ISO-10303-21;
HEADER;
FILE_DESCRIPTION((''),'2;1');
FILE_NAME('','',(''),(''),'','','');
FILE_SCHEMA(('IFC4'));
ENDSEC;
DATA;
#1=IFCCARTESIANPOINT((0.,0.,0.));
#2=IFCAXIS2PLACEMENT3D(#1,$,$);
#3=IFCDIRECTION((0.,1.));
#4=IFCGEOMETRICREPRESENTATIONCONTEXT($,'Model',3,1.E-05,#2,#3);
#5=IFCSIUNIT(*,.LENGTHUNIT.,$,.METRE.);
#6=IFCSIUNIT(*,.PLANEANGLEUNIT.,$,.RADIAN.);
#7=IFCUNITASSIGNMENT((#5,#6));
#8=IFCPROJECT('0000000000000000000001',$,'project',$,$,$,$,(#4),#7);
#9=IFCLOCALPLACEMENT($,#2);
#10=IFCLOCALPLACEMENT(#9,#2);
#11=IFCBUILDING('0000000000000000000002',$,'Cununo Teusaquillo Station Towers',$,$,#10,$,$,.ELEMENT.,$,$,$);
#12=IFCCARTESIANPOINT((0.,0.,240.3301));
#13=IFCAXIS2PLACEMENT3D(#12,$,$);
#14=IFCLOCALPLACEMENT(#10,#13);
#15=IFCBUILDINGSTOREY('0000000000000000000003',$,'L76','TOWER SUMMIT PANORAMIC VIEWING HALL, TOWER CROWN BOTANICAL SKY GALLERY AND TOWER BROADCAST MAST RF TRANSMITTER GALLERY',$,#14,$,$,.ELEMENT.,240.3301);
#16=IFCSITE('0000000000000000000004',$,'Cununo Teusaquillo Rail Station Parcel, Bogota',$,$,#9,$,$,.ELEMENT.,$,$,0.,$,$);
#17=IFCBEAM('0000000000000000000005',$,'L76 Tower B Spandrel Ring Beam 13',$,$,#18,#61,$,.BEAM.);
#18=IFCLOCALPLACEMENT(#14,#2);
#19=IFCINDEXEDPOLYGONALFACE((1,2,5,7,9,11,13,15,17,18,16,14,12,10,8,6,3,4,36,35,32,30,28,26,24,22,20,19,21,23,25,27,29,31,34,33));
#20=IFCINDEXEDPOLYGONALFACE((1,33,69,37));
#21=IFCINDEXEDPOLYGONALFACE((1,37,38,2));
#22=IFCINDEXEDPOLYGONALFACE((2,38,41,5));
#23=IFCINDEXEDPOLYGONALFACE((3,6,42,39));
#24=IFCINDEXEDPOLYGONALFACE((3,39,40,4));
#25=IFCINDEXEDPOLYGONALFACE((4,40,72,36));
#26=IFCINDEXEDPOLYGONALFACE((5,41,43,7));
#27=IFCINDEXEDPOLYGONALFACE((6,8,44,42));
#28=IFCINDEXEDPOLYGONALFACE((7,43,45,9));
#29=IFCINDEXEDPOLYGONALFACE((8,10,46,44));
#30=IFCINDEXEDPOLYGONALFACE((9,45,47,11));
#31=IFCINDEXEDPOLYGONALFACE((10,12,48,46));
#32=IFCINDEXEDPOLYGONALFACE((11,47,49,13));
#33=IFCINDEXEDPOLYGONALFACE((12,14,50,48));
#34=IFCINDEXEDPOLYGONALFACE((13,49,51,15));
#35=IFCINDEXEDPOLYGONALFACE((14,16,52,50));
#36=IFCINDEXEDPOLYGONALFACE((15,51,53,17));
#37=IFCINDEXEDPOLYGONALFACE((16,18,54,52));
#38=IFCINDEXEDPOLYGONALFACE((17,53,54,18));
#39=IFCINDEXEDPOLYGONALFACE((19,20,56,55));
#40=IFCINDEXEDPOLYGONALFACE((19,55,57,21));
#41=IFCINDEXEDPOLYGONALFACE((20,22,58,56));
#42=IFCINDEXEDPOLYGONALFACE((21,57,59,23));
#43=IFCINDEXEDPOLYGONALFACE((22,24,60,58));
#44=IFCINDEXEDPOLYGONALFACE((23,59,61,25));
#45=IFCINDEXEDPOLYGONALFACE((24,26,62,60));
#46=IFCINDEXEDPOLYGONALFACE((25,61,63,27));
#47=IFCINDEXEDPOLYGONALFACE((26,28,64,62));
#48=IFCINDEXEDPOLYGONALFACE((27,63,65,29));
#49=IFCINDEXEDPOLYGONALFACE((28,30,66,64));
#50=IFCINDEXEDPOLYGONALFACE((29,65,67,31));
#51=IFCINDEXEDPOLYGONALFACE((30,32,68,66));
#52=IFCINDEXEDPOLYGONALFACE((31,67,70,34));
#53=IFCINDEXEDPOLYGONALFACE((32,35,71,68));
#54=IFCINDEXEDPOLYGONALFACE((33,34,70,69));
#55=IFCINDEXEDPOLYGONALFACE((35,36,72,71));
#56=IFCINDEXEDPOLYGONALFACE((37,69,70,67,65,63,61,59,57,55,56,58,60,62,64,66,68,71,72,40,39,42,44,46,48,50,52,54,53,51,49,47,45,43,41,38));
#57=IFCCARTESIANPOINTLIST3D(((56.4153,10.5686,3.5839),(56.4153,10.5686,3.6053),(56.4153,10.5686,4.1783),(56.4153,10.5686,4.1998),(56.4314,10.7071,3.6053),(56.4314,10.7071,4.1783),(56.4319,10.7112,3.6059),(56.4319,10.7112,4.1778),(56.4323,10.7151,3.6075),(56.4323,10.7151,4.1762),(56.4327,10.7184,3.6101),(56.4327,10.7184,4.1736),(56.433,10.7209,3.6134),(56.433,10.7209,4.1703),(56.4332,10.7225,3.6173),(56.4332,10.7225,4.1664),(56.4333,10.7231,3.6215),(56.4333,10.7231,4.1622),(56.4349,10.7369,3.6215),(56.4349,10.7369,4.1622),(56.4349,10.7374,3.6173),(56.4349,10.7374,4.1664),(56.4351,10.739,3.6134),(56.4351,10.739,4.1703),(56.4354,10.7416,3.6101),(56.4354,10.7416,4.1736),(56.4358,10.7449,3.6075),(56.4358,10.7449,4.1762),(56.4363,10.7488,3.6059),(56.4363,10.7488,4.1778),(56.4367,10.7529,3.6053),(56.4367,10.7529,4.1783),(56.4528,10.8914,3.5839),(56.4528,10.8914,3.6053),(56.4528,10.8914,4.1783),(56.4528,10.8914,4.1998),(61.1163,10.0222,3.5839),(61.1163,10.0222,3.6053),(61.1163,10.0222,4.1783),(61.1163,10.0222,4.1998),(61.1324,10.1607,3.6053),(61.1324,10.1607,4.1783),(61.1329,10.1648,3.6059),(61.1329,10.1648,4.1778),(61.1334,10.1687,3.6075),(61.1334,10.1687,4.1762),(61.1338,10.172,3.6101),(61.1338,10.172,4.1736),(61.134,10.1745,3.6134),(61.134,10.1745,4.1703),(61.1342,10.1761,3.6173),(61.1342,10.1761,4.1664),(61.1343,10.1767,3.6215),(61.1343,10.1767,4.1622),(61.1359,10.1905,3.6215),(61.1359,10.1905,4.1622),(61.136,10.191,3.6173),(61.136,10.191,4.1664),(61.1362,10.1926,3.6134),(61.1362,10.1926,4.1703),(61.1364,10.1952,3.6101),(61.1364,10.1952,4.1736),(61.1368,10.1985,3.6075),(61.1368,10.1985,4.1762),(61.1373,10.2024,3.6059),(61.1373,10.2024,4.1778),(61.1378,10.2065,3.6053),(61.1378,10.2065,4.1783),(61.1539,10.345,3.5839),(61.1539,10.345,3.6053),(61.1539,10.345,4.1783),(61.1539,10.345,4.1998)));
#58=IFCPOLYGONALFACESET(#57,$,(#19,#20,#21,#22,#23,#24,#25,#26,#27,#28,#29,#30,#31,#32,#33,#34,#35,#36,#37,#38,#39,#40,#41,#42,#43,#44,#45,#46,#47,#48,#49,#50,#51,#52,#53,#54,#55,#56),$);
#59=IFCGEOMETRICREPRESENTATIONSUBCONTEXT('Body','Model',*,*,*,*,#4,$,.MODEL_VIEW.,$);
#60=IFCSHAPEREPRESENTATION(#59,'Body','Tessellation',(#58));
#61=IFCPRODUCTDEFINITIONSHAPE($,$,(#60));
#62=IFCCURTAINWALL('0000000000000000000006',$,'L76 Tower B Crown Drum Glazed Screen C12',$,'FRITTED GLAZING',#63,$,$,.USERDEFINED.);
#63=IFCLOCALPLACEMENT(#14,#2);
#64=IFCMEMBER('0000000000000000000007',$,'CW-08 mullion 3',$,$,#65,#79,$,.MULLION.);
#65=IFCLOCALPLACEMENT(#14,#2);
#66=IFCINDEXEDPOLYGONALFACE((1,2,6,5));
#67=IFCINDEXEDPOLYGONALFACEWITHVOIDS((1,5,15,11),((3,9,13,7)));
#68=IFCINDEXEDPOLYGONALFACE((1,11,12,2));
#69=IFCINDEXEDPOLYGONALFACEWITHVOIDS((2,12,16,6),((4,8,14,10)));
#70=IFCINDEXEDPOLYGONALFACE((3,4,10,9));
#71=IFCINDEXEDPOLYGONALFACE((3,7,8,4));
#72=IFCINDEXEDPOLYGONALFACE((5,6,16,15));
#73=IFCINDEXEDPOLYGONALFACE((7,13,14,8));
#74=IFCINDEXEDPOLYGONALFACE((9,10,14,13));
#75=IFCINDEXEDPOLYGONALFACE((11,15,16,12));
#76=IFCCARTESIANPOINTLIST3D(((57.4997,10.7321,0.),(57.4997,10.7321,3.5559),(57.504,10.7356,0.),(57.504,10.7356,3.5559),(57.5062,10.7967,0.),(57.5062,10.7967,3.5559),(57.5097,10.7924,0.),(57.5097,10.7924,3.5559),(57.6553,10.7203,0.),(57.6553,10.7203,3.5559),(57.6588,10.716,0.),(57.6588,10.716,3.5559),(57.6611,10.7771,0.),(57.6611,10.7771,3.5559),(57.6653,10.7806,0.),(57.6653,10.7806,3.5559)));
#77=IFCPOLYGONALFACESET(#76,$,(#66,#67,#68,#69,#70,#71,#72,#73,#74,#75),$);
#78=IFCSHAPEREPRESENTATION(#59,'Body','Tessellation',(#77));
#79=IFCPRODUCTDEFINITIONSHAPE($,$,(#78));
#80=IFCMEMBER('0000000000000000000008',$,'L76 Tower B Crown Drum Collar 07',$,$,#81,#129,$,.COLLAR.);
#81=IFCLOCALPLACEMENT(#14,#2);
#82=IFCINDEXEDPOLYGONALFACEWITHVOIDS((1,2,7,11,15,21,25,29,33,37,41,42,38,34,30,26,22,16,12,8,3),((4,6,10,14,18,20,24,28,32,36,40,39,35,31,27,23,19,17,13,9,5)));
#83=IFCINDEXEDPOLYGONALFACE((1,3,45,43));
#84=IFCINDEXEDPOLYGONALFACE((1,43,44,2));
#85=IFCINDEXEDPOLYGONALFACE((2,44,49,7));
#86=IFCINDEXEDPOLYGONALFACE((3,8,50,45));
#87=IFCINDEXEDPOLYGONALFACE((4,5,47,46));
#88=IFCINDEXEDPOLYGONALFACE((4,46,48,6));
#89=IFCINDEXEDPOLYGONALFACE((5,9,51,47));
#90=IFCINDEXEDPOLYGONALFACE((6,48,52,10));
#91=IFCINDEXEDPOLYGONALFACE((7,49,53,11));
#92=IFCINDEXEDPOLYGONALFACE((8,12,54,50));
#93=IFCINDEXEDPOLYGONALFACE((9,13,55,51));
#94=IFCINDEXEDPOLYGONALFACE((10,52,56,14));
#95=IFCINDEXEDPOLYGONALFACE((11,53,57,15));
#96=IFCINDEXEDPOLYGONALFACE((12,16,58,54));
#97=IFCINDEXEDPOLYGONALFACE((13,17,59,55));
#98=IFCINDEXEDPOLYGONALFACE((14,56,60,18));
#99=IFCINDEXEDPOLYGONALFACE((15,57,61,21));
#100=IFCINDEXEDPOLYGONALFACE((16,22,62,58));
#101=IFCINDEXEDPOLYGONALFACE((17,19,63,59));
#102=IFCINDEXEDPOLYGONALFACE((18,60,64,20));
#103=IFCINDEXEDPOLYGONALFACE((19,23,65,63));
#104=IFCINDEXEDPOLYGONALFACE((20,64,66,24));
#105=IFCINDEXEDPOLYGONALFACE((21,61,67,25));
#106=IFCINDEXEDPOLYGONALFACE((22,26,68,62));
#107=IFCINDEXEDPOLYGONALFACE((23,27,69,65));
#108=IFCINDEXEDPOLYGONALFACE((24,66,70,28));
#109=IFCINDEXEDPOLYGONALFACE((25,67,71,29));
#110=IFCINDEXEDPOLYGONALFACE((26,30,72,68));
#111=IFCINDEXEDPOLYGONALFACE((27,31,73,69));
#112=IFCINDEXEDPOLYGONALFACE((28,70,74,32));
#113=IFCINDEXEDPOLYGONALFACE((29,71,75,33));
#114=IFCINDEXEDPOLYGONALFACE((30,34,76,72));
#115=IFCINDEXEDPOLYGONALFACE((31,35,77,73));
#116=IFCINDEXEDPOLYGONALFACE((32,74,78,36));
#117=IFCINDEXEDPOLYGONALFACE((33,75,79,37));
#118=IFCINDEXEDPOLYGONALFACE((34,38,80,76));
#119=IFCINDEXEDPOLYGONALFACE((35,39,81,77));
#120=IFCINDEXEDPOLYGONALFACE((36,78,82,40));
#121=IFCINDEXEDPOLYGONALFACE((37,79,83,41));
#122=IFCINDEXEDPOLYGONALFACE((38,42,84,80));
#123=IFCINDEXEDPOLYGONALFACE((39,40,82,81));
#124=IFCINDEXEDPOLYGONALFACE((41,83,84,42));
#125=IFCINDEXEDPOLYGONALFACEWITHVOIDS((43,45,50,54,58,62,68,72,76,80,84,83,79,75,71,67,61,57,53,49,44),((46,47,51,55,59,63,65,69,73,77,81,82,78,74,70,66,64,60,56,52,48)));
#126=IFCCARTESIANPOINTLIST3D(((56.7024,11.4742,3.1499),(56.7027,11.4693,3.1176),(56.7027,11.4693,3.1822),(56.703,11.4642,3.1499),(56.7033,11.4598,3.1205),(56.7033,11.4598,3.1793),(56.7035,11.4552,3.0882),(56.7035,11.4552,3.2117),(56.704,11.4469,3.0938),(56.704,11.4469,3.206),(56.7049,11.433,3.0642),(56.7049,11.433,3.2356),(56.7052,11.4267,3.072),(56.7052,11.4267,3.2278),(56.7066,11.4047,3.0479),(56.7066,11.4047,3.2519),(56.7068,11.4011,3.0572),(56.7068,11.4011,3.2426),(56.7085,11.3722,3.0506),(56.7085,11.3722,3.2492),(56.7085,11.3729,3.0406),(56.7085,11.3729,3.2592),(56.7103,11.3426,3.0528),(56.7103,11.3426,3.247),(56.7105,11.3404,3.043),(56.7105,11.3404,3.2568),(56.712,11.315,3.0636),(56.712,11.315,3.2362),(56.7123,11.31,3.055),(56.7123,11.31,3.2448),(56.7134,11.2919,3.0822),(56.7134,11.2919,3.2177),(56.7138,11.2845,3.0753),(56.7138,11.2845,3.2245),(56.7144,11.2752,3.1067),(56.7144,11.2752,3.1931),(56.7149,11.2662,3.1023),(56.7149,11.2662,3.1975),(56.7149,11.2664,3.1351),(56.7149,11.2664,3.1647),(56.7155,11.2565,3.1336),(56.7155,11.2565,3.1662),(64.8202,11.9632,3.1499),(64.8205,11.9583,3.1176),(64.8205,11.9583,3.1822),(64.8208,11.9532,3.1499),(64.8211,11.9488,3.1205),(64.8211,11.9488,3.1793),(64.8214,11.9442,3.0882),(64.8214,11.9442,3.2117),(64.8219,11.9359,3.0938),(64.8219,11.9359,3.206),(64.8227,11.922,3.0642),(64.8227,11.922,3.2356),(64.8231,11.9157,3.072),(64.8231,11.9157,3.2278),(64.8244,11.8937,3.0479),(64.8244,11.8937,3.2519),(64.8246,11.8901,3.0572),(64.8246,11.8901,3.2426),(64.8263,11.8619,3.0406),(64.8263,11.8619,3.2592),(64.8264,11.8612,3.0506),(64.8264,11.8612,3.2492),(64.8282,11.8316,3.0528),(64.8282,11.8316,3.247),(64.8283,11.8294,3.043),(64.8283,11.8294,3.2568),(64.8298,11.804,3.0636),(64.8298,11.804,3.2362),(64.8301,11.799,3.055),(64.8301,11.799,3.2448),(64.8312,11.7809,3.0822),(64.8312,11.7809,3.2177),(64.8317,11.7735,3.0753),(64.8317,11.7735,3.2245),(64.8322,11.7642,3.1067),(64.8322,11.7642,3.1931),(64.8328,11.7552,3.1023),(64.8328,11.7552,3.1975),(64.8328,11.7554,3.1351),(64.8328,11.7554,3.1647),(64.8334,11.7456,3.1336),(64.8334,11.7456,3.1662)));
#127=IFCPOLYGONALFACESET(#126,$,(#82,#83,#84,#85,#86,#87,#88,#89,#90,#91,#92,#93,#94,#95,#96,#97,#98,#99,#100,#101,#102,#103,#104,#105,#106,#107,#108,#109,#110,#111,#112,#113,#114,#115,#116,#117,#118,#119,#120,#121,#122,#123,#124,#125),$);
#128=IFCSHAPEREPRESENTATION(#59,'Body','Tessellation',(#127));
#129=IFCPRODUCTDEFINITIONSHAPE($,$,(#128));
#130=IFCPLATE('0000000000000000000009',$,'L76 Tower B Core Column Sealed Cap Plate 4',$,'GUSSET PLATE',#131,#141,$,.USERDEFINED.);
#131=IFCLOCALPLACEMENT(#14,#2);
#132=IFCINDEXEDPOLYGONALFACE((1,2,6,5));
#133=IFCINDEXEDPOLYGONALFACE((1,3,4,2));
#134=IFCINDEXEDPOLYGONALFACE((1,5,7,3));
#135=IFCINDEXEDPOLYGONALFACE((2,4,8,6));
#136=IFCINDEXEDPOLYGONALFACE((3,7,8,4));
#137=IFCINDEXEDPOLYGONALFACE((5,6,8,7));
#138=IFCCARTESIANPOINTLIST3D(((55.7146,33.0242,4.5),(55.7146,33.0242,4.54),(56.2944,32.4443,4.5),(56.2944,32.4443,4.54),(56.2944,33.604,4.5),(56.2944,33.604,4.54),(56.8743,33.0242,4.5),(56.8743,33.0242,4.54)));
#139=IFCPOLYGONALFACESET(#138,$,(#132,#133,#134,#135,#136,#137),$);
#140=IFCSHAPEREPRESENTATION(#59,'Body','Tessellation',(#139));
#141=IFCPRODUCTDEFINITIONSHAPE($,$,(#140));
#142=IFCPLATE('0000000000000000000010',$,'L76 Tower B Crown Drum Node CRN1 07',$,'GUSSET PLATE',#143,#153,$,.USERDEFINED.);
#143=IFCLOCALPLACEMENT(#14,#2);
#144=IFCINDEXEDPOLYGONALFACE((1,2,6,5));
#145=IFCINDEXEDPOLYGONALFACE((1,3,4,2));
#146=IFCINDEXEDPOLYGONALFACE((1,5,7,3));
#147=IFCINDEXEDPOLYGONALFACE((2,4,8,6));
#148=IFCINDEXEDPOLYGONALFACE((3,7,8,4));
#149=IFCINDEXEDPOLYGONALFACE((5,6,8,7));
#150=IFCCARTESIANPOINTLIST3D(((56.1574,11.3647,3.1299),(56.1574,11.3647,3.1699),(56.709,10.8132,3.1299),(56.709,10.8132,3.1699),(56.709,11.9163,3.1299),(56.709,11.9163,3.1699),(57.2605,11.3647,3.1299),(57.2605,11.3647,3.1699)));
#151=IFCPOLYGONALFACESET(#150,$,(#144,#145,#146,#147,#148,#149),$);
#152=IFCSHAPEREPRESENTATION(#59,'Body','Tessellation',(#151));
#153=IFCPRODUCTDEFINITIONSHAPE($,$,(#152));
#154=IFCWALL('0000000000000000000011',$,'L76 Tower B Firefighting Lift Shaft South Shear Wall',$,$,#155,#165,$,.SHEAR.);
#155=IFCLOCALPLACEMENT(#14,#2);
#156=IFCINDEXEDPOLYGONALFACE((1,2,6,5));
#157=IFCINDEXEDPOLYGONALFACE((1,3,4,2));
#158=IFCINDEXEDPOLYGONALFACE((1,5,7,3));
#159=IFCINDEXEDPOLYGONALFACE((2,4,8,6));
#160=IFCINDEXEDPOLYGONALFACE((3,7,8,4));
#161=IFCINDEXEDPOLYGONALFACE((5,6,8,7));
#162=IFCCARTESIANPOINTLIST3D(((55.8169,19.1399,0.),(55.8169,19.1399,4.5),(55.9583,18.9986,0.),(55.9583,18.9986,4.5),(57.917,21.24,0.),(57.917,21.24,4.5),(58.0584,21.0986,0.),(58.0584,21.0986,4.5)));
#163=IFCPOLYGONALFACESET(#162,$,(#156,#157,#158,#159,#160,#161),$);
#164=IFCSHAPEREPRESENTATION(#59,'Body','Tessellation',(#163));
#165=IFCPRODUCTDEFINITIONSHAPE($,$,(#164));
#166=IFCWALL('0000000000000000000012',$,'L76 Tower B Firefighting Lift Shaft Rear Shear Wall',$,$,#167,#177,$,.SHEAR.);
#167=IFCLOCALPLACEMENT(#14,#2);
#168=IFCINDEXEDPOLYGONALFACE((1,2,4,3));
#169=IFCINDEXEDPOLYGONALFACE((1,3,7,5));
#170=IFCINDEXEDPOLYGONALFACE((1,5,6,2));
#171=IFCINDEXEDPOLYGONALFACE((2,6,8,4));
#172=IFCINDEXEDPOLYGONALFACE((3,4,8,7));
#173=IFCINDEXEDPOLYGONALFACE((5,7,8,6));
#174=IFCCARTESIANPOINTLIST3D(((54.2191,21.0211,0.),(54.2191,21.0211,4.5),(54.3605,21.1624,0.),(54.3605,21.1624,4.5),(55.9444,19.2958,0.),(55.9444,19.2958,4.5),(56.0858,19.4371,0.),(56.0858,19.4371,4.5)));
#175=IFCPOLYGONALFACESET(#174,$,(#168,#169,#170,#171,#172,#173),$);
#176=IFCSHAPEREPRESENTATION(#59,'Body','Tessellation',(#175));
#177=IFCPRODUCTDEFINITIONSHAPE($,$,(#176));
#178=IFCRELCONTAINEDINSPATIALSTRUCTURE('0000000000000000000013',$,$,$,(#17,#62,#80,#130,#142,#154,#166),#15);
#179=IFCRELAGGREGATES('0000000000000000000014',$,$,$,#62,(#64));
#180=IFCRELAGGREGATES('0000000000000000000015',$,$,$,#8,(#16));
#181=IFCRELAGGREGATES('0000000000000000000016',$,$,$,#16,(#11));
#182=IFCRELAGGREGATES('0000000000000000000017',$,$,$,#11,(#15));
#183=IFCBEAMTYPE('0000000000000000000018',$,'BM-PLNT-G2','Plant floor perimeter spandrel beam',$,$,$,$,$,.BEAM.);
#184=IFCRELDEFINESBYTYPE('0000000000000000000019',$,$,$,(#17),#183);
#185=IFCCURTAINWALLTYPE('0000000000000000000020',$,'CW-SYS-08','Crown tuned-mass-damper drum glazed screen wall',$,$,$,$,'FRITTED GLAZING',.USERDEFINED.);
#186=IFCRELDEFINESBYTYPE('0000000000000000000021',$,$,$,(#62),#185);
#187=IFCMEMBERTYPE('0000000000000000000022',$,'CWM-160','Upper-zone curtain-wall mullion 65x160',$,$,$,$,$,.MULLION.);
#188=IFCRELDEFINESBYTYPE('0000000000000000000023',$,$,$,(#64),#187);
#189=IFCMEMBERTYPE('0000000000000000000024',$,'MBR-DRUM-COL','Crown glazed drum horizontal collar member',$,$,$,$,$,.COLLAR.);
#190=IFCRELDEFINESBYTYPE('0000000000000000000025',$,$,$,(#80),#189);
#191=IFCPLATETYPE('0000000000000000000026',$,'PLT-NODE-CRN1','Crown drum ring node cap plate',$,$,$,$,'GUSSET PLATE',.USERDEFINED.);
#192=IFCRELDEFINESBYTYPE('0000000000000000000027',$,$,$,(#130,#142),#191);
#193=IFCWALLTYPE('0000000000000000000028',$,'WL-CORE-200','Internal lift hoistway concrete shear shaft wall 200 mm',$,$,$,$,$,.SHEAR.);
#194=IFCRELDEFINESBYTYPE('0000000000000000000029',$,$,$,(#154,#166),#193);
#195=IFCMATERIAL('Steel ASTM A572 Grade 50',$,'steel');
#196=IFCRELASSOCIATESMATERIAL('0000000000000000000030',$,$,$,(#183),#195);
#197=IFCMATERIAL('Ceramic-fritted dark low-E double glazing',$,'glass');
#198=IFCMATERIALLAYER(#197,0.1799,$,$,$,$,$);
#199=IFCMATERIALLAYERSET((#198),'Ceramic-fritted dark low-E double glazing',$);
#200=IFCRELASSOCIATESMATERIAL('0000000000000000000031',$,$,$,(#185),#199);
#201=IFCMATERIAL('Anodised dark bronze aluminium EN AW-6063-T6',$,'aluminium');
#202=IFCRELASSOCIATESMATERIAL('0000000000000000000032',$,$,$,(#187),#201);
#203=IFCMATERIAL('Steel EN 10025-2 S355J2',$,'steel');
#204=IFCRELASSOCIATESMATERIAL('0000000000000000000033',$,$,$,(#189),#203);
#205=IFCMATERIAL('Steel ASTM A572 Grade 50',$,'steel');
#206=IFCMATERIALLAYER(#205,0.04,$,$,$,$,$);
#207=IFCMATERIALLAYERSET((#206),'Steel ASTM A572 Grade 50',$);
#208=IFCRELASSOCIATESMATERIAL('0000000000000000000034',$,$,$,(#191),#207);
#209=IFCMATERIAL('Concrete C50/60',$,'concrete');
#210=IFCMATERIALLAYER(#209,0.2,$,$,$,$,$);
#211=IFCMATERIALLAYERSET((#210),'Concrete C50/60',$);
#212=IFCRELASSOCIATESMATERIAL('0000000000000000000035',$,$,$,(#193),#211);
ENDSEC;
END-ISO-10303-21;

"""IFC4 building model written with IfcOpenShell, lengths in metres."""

from ifc_helpers import new_model, si_unit, direction, frame, frame_2d, origin, origin_2d, place, context, subcontext, project, spatial, rectangle, hollow_rectangle, hollow_circle, i_section, extrude, source, transform, mapped, material, layer, layer_set, material_profile, profile_set, type_object, element, aggregate, save


model = new_model("IFC4")

# Units and contexts
model_context = context("Model", 3, precision=1e-05, world=origin(), true_north=direction((0.0, 1.0)))
body_context = subcontext(model_context, "Body", "Model", "MODEL_VIEW")
ifc_project = project(units=[si_unit("LENGTHUNIT", "METRE"), si_unit("PLANEANGLEUNIT", "RADIAN")], contexts=[model_context])

# Site, building, storey
site_placement = place(None, origin())
site = spatial("IfcSite", under=ifc_project, at=site_placement, Name="Cununo Teusaquillo Rail Station Parcel, Bogota", CompositionType="ELEMENT", RefElevation=0.0)
building_placement = place(site_placement, origin())
building = spatial("IfcBuilding", under=site, at=building_placement, Name="Cununo Teusaquillo Station Towers", CompositionType="ELEMENT")
storey_placement = place(building_placement, frame((0.0, 0.0, 240.3301)))
storey = spatial("IfcBuildingStorey", under=building, at=storey_placement, Name="L76", Description="TOWER SUMMIT PANORAMIC VIEWING HALL, TOWER CROWN BOTANICAL SKY GALLERY AND TOWER BROADCAST MAST RF TRANSMITTER GALLERY", CompositionType="ELEMENT", Elevation=240.3301)

# Beam
ifc_material_1 = material(Name="Steel ASTM A572 Grade 50", Category="steel")
ifc_material_profile_1 = material_profile(ifc_material_1, i_section(OverallWidth=0.325, OverallDepth=0.616, WebThickness=0.0139, FlangeThickness=0.0215, FilletRadius=0.0161, at=origin_2d()), Name="W24X117")
ifc_profile_set_1 = profile_set([ifc_material_profile_1], Name="Steel ASTM A572 Grade 50")
beam_type_1 = type_object("IfcBeamType", Name="BM-PLNT-G2", Description="Plant floor perimeter spandrel beam", PredefinedType="BEAM", material=ifc_profile_set_1)
beam_1_placement = place(storey_placement, frame((56.4341, 10.73, 3.8918), z_axis=(0.993313, -0.115452, 0.0), x_axis=(0.115452, 0.993313, 0.0)))
element("IfcBeam", 1, at=beam_1_placement, inside=storey, type_object=beam_type_1, Name="L76 Tower B Spandrel Ring Beam 13", PredefinedType="BEAM", context=body_context, shape_type="SweptSolid", body=[
    extrude(i_section(OverallWidth=0.325, OverallDepth=0.616, WebThickness=0.0139, FlangeThickness=0.0215, FilletRadius=0.0161, at=origin_2d()), origin(), (0.0, 0.0, 1.0), 4.7327),
])

# Curtain wall, member
ifc_material_2 = material(Name="Ceramic-fritted dark low-E double glazing", Category="glass")
ifc_layer_1 = layer(ifc_material_2, 0.1799)
ifc_layer_set_1 = layer_set([ifc_layer_1], Name="Ceramic-fritted dark low-E double glazing")
curtain_wall_type = type_object("IfcCurtainWallType", Name="CW-SYS-08", Description="Crown tuned-mass-damper drum glazed screen wall", ElementType="FRITTED GLAZING", PredefinedType="USERDEFINED", material=ifc_layer_set_1)
curtain_wall_placement = place(storey_placement, origin())
curtain_wall = element("IfcCurtainWall", 2, at=curtain_wall_placement, inside=storey, type_object=curtain_wall_type, Name="L76 Tower B Crown Drum Glazed Screen C12", ObjectType="FRITTED GLAZING", PredefinedType="USERDEFINED")
ifc_material_3 = material(Name="Anodised dark bronze aluminium EN AW-6063-T6", Category="aluminium")
ifc_material_profile_2 = material_profile(ifc_material_3, hollow_rectangle(XDim=0.0649, YDim=0.1599, WallThickness=0.0039, at=origin_2d()), Name="CW-MULL-65x160")
ifc_profile_set_2 = profile_set([ifc_material_profile_2], Name="Anodised dark bronze aluminium EN AW-6063-T6")
member_type_1 = type_object("IfcMemberType", Name="CWM-160", Description="Upper-zone curtain-wall mullion 65x160", PredefinedType="MULLION", material=ifc_profile_set_2)
member_1_placement = place(storey_placement, frame((57.5825, 10.7563, 0.0), z_axis=(0.0, 0.0, 1.0), x_axis=(-0.100528, -0.994934, 0.0)))
member_1 = element("IfcMember", 3, at=member_1_placement, type_object=member_type_1, Name="CW-08 mullion 3", PredefinedType="MULLION", context=body_context, shape_type="SweptSolid", body=[
    extrude(hollow_rectangle(XDim=0.0649, YDim=0.1599, WallThickness=0.0039, at=origin_2d()), origin(), (0.0, 0.0, 1.0), 3.5559),
])
aggregate(curtain_wall, [member_1])

# Member
ifc_material_4 = material(Name="Steel EN 10025-2 S355J2", Category="steel")
ifc_material_profile_3 = material_profile(ifc_material_4, hollow_circle(Radius=0.1096, WallThickness=0.01, at=origin_2d()), Name="CHS 219x10")
ifc_profile_set_3 = profile_set([ifc_material_profile_3], Name="Steel EN 10025-2 S355J2")
member_type_2 = type_object("IfcMemberType", Name="MBR-DRUM-COL", Description="Crown glazed drum horizontal collar member", PredefinedType="COLLAR", material=ifc_profile_set_3)
member_2_placement = place(storey_placement, frame((56.709, 11.3647, 3.1499), z_axis=(0.998191, 0.06013, 0.0), x_axis=(-0.06013, 0.998191, 0.0)))
element("IfcMember", 4, at=member_2_placement, inside=storey, type_object=member_type_2, Name="L76 Tower B Crown Drum Collar 07", PredefinedType="COLLAR", context=body_context, shape_type="SweptSolid", body=[
    extrude(hollow_circle(Radius=0.1096, WallThickness=0.01, at=origin_2d()), origin(), (0.0, 0.0, 1.0), 8.1326),
])

# Plates
ifc_material_5 = material(Name="Steel ASTM A572 Grade 50", Category="steel")
ifc_layer_2 = layer(ifc_material_5, 0.04)
ifc_layer_set_2 = layer_set([ifc_layer_2], Name="Steel ASTM A572 Grade 50")
plate_type = type_object("IfcPlateType", Name="PLT-NODE-CRN1", Description="Crown drum ring node cap plate", ElementType="GUSSET PLATE", PredefinedType="USERDEFINED", material=ifc_layer_set_2)
shared_shape_1 = source(origin(), body_context, "Body", "SweptSolid", [
    extrude(rectangle(XDim=0.8201, YDim=0.8201, at=origin_2d()), origin(), (0.0, 0.0, 1.0), 0.04),
])
plate_1_placement = place(storey_placement, frame((56.2944, 33.0242, 4.5), z_axis=(0.0, 0.0, 1.0), x_axis=(0.707107, 0.707107, 0.0)))
element("IfcPlate", 5, at=plate_1_placement, inside=storey, type_object=plate_type, Name="L76 Tower B Core Column Sealed Cap Plate 4", ObjectType="GUSSET PLATE", PredefinedType="USERDEFINED", context=body_context, shape_type="MappedRepresentation", body=[
    mapped(shared_shape_1, transform((0.0, 0.0, 0.0), x_axis=(1.0, 0.0, 0.0), y_axis=(0.0, 1.0, 0.0), z_axis=(0.0, 0.0, 1.0), scale=1.0)),
])
shared_shape_2 = source(origin(), body_context, "Body", "SweptSolid", [
    extrude(rectangle(XDim=0.78, YDim=0.78, at=origin_2d()), origin(), (0.0, 0.0, 1.0), 0.04),
])
plate_2_placement = place(storey_placement, frame((56.709, 11.3647, 3.1299), z_axis=(0.0, 0.0, 1.0), x_axis=(0.707107, 0.707107, 0.0)))
element("IfcPlate", 6, at=plate_2_placement, inside=storey, type_object=plate_type, Name="L76 Tower B Crown Drum Node CRN1 07", ObjectType="GUSSET PLATE", PredefinedType="USERDEFINED", context=body_context, shape_type="MappedRepresentation", body=[
    mapped(shared_shape_2, transform((0.0, 0.0, 0.0), x_axis=(1.0, 0.0, 0.0), y_axis=(0.0, 1.0, 0.0), z_axis=(0.0, 0.0, 1.0), scale=1.0)),
])

# Walls
ifc_material_6 = material(Name="Concrete C50/60", Category="concrete")
ifc_layer_3 = layer(ifc_material_6, 0.2)
ifc_layer_set_3 = layer_set([ifc_layer_3], Name="Concrete C50/60")
wall_type_1 = type_object("IfcWallType", Name="WL-CORE-200", Description="Internal lift hoistway concrete shear shaft wall 200 mm", PredefinedType="SHEAR", material=ifc_layer_set_3)
wall_1_placement = place(storey_placement, frame((55.8877, 19.0693, 0.0), z_axis=(0.0, 0.0, 1.0), x_axis=(0.707107, 0.707107, 0.0)))
element("IfcWall", 7, at=wall_1_placement, inside=storey, type_object=wall_type_1, Name="L76 Tower B Firefighting Lift Shaft South Shear Wall", PredefinedType="SHEAR", context=body_context, shape_type="SweptSolid", body=[
    extrude(rectangle(XDim=2.97, YDim=0.2, at=frame_2d((1.4849, 0.0))), origin(), (0.0, 0.0, 1.0), 4.5),
])
wall_2_placement = place(storey_placement, frame((56.0151, 19.3665, 0.0), z_axis=(0.0, 0.0, 1.0), x_axis=(-0.707107, 0.707107, 0.0)))
element("IfcWall", 8, at=wall_2_placement, inside=storey, type_object=wall_type_1, Name="L76 Tower B Firefighting Lift Shaft Rear Shear Wall", PredefinedType="SHEAR", context=body_context, shape_type="SweptSolid", body=[
    extrude(rectangle(XDim=2.4399, YDim=0.2, at=frame_2d((1.22, 0.0))), origin(), (0.0, 0.0, 1.0), 4.5),
])

save(model, "model.ifc")
